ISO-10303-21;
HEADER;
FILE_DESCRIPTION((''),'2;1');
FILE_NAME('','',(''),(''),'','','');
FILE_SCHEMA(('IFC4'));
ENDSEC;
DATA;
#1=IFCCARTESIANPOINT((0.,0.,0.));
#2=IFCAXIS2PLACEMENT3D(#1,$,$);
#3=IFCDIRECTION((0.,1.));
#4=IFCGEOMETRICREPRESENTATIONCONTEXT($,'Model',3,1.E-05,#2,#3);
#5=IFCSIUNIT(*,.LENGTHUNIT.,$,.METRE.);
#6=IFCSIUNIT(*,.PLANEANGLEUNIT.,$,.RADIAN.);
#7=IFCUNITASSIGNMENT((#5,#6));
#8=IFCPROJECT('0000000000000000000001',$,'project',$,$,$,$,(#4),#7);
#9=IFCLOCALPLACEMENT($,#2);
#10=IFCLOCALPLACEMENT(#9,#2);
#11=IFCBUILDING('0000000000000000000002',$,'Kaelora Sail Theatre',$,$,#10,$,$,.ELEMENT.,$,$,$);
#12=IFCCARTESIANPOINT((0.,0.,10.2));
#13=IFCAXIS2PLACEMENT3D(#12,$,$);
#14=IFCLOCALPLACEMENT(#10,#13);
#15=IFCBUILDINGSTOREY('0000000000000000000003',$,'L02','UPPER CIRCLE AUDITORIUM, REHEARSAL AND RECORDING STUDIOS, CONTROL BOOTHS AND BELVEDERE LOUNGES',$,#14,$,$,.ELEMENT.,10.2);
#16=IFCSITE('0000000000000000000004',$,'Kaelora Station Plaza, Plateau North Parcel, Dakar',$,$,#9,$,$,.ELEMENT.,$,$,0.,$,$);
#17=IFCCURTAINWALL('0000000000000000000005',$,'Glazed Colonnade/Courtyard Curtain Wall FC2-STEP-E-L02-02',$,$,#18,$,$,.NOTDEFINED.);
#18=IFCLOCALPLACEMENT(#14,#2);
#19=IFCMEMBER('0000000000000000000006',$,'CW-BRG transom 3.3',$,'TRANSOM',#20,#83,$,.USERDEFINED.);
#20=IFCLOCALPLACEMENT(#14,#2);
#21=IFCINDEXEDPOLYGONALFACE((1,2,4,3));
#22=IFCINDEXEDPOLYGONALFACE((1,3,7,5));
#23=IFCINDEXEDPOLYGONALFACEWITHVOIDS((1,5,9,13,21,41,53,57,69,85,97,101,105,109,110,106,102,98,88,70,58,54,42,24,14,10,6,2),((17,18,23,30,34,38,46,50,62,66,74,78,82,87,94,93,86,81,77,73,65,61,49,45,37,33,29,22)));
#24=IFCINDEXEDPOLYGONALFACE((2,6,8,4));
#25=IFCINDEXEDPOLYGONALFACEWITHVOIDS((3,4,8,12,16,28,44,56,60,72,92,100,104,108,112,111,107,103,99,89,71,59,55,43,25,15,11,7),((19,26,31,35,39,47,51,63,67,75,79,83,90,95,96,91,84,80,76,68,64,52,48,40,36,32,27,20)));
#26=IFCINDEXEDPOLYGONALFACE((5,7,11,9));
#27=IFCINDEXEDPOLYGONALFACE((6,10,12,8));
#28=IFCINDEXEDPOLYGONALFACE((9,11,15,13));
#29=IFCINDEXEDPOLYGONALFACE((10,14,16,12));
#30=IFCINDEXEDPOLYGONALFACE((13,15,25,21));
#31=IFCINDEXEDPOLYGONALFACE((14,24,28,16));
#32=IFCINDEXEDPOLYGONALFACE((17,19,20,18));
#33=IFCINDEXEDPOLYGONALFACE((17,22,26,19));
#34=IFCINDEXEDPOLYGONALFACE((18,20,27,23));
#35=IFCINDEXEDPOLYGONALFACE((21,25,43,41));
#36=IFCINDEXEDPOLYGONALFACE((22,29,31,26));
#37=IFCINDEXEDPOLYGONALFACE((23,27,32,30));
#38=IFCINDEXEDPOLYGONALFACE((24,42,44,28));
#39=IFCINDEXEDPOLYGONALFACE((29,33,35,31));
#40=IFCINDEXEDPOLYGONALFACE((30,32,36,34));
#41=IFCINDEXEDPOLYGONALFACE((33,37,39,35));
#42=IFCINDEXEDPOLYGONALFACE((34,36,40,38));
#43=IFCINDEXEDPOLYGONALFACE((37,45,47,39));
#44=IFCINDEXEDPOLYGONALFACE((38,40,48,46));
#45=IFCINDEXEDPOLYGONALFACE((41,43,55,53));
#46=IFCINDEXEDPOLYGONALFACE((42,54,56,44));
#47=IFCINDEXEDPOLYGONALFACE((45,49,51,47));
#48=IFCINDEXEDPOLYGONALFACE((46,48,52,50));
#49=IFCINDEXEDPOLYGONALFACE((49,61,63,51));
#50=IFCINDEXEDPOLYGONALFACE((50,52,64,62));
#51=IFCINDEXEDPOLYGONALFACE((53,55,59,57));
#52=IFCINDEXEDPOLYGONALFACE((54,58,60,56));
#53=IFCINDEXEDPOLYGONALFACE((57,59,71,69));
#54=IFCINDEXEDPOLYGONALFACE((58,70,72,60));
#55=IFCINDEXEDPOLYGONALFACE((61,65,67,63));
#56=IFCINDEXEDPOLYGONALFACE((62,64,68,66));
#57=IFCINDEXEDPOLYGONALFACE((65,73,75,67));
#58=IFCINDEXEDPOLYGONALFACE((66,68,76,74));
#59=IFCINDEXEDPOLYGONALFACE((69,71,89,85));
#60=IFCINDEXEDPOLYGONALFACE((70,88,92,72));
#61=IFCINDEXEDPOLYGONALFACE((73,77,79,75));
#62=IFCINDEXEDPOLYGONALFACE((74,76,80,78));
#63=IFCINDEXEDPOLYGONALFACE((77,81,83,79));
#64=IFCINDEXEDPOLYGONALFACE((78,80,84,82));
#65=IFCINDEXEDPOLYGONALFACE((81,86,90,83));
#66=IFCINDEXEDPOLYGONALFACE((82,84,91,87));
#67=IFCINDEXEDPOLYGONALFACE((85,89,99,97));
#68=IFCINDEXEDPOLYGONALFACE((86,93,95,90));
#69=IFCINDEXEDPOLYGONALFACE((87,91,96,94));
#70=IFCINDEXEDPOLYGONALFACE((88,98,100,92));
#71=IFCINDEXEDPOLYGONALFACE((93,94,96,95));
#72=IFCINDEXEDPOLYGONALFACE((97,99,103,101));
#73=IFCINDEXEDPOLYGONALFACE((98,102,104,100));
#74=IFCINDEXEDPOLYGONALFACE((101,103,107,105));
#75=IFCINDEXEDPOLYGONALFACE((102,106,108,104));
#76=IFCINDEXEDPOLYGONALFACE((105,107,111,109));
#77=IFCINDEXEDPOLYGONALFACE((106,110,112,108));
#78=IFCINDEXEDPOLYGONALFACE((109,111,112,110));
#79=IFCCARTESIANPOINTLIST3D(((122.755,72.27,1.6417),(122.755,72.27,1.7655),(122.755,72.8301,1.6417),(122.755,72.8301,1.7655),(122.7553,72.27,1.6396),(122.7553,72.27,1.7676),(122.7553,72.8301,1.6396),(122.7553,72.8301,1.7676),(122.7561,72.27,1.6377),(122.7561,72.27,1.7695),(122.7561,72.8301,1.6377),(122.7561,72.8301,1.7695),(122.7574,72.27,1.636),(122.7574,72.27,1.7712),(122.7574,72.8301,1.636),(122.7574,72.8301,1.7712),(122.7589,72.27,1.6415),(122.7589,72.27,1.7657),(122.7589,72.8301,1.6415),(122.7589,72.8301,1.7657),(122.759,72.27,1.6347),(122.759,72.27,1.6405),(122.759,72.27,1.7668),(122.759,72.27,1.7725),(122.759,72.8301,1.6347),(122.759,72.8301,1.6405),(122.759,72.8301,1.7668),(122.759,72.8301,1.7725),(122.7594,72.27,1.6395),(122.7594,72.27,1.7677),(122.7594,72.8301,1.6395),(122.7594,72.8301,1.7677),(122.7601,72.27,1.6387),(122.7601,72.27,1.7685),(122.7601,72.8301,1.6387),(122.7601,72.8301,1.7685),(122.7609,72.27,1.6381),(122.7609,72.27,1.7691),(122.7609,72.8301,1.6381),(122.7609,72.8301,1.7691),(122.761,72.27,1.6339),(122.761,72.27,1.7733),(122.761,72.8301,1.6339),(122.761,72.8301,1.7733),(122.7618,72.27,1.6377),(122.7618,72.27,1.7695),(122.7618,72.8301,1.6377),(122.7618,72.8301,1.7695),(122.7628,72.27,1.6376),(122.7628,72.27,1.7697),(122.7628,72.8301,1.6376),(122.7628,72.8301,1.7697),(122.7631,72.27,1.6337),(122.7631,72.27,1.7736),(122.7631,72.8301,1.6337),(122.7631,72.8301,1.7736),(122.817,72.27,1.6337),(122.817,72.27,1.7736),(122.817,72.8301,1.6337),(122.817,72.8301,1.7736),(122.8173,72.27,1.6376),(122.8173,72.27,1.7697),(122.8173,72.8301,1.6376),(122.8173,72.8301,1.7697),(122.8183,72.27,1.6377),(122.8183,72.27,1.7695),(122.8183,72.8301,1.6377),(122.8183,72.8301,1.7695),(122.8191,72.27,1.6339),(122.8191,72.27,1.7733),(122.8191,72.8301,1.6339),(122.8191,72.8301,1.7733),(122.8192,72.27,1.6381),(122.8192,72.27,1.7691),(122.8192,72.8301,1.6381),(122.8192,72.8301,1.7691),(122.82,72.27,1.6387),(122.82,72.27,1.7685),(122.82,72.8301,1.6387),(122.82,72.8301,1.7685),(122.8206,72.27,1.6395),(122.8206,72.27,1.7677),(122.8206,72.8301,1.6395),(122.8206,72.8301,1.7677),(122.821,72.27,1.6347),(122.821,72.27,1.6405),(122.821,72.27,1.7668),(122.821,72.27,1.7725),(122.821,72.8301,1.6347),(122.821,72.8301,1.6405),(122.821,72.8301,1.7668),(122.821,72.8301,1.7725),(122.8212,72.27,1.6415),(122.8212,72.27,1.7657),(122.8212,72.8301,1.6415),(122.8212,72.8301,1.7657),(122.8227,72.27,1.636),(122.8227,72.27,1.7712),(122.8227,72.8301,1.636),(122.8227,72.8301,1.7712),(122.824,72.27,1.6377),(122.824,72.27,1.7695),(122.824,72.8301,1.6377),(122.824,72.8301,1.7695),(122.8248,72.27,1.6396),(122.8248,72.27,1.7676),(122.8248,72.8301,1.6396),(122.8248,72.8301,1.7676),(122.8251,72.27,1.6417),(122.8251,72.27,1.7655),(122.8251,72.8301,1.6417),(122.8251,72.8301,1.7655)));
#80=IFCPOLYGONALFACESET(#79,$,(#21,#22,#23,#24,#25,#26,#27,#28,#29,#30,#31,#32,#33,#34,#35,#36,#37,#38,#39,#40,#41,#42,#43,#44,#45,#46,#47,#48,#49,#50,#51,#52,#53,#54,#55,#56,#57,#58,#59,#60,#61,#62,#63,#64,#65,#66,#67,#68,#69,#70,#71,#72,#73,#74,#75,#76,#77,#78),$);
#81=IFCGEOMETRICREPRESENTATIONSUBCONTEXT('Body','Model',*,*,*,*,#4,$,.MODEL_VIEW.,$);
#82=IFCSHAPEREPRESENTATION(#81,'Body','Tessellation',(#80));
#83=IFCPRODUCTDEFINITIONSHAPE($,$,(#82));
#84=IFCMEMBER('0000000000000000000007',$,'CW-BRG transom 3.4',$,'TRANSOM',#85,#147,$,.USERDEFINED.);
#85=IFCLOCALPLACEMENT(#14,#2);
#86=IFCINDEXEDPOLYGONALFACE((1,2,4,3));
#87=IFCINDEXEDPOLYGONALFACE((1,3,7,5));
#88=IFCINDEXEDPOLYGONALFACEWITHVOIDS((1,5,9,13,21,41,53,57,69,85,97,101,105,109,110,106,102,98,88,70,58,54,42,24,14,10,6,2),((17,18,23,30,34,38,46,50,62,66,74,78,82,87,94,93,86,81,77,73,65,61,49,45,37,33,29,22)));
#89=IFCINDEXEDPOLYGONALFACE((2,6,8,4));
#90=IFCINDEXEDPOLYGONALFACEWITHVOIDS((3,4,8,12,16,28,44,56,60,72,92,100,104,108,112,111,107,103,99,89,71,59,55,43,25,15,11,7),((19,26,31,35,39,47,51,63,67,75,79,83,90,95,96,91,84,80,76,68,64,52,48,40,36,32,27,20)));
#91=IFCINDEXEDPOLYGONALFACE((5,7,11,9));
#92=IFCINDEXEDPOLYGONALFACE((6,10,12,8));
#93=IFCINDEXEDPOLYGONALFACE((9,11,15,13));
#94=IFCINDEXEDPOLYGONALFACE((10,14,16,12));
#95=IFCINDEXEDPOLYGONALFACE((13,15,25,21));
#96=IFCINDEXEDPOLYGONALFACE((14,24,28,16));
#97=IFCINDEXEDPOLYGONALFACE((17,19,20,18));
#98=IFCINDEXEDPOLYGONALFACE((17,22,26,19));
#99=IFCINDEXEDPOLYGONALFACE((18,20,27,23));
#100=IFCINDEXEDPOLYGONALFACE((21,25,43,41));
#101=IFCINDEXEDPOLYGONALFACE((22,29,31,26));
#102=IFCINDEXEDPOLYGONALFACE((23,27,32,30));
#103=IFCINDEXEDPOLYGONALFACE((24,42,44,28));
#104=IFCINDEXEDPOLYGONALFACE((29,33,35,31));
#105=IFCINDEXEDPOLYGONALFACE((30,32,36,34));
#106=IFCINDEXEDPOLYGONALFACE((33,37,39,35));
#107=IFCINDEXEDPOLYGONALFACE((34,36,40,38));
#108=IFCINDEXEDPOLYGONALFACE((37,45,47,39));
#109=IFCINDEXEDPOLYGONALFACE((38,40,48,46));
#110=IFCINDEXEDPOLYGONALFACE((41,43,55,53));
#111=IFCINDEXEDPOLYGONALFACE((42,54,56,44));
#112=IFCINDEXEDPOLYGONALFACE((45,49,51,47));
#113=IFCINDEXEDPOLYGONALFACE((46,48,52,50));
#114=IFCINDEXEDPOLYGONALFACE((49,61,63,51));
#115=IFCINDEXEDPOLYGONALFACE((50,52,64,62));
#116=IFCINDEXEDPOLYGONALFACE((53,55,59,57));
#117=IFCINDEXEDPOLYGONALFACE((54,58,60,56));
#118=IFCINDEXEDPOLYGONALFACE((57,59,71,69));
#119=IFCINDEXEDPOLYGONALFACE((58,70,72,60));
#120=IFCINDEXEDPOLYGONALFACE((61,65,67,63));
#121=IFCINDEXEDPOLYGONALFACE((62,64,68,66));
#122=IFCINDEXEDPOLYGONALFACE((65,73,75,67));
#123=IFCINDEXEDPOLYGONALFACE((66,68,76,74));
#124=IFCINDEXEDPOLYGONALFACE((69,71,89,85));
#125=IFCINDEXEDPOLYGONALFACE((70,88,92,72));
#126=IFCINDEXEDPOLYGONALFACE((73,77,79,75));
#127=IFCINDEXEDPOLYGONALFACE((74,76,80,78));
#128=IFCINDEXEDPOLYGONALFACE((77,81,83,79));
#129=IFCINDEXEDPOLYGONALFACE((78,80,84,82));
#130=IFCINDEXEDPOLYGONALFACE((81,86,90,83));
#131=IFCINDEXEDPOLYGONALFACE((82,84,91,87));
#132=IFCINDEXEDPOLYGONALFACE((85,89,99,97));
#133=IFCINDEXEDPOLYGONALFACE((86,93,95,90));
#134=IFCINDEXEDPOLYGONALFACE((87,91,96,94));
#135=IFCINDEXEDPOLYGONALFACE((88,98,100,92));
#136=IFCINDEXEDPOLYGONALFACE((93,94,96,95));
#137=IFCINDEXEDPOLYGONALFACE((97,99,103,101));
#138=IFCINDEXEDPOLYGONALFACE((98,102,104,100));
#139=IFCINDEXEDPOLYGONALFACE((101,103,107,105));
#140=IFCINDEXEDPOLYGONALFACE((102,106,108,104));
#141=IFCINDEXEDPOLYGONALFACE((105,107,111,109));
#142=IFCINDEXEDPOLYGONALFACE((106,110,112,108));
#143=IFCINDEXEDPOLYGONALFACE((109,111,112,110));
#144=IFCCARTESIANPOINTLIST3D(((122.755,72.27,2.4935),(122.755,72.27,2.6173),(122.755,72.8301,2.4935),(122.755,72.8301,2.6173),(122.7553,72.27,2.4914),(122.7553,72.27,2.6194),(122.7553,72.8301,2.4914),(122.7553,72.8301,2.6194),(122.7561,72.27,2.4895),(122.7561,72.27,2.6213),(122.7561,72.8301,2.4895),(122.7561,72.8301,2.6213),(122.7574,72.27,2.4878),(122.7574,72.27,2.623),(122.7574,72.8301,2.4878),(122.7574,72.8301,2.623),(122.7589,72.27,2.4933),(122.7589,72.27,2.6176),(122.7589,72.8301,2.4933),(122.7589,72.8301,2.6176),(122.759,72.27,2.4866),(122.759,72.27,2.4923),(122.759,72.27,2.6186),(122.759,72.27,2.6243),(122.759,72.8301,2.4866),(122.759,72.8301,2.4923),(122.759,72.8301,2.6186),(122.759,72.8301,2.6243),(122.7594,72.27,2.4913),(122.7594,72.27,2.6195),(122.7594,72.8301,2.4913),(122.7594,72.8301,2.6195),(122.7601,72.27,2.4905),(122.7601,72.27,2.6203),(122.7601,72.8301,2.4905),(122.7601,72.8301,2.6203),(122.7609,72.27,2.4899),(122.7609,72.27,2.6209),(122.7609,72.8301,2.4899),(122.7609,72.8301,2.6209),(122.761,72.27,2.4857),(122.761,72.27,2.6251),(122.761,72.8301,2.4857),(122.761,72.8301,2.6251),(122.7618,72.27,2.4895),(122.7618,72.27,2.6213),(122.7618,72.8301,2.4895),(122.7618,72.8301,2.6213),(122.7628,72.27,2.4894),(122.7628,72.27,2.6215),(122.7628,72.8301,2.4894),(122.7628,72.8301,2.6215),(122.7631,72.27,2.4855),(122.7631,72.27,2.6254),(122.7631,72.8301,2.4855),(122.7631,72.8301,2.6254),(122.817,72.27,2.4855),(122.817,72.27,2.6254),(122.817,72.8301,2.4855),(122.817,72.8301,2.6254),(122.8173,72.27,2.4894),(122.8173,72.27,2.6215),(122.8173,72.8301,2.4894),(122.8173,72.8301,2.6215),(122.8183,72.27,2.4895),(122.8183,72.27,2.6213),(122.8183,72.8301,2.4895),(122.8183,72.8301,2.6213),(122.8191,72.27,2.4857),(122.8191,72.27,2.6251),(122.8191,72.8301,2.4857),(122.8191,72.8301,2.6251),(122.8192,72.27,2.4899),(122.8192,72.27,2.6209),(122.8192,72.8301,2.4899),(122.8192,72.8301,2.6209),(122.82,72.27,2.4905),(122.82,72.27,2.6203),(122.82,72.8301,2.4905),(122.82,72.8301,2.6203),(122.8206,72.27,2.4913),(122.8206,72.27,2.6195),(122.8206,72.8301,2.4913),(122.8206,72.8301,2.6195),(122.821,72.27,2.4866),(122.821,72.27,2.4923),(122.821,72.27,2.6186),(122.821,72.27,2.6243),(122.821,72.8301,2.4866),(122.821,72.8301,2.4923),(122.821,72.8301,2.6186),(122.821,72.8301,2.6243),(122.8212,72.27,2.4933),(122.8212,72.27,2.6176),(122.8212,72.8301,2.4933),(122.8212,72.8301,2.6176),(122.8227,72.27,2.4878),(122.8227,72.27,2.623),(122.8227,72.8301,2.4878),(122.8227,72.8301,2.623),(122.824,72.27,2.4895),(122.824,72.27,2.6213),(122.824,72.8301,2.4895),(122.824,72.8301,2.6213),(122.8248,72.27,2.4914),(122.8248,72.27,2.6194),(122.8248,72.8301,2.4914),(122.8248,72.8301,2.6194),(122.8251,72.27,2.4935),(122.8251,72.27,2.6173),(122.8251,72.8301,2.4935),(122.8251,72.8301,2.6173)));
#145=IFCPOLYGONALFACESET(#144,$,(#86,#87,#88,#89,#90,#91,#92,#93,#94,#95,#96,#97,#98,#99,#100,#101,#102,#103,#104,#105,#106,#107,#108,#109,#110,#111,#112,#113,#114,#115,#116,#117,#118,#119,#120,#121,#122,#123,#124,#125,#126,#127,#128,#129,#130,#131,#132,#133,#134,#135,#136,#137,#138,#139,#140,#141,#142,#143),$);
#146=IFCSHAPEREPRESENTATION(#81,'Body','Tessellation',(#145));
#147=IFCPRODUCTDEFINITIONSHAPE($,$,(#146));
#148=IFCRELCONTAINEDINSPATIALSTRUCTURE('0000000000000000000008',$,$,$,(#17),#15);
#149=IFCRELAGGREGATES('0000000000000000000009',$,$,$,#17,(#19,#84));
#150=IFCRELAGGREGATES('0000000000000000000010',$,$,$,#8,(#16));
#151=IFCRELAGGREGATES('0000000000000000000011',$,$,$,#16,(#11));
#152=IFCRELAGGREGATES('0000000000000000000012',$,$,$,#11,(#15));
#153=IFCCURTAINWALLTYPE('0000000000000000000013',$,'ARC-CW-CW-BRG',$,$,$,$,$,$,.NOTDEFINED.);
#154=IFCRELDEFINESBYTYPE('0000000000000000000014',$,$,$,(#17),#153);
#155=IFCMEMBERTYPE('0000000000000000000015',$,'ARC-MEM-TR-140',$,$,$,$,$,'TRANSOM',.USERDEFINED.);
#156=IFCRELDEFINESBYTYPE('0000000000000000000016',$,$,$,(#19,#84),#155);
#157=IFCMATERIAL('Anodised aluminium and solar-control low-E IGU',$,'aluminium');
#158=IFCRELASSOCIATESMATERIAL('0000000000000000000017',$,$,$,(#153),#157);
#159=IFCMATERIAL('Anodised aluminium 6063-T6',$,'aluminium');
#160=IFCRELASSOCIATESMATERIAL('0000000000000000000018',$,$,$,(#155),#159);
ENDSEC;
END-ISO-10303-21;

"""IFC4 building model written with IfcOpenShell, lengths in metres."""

from ifc_helpers import new_model, si_unit, direction, frame, origin, origin_2d, place, context, subcontext, project, spatial, hollow_rectangle, extrude, material, material_profile, profile_set, type_object, element, aggregate, save


model = new_model("IFC4")

# Units and contexts
model_context = context("Model", 3, precision=1e-05, world=origin(), true_north=direction((0.0, 1.0)))
body_context = subcontext(model_context, "Body", "Model", "MODEL_VIEW")
ifc_project = project(units=[si_unit("LENGTHUNIT", "METRE"), si_unit("PLANEANGLEUNIT", "RADIAN")], contexts=[model_context])

# Site, building, storey
site_placement = place(None, origin())
site = spatial("IfcSite", under=ifc_project, at=site_placement, Name="Kaelora Station Plaza, Plateau North Parcel, Dakar", CompositionType="ELEMENT", RefElevation=0.0)
building_placement = place(site_placement, origin())
building = spatial("IfcBuilding", under=site, at=building_placement, Name="Kaelora Sail Theatre", CompositionType="ELEMENT")
storey_placement = place(building_placement, frame((0.0, 0.0, 10.2)))
storey = spatial("IfcBuildingStorey", under=building, at=storey_placement, Name="L02", Description="UPPER CIRCLE AUDITORIUM, REHEARSAL AND RECORDING STUDIOS, CONTROL BOOTHS AND BELVEDERE LOUNGES", CompositionType="ELEMENT", Elevation=10.2)

# Curtain wall, members
ifc_material_1 = material(Name="Anodised aluminium and solar-control low-E IGU", Category="aluminium")
curtain_wall_type = type_object("IfcCurtainWallType", Name="ARC-CW-CW-BRG", PredefinedType="NOTDEFINED", material=ifc_material_1)
curtain_wall_placement = place(storey_placement, origin())
curtain_wall = element("IfcCurtainWall", 1, at=curtain_wall_placement, inside=storey, type_object=curtain_wall_type, Name="Glazed Colonnade/Courtyard Curtain Wall FC2-STEP-E-L02-02", PredefinedType="NOTDEFINED")
ifc_material_2 = material(Name="Anodised aluminium 6063-T6", Category="aluminium")
ifc_material_profile_1 = material_profile(ifc_material_2, hollow_rectangle(XDim=0.0701, YDim=0.1399, WallThickness=0.0039, InnerFilletRadius=0.0039, OuterFilletRadius=0.0081, at=origin_2d()), Name="ALU-TRAN 70x140x4")
ifc_profile_set_1 = profile_set([ifc_material_profile_1], Name="Anodised aluminium 6063-T6")
member_type_1 = type_object("IfcMemberType", Name="ARC-MEM-TR-140", ElementType="TRANSOM", PredefinedType="USERDEFINED", material=ifc_profile_set_1)
member_1_placement = place(storey_placement, frame((122.79, 72.27, 1.7036), z_axis=(0.0, 1.0, 0.0), x_axis=(-1.0, 0.0, 0.0)))
member_1 = element("IfcMember", 2, at=member_1_placement, type_object=member_type_1, Name="CW-BRG transom 3.3", ObjectType="TRANSOM", PredefinedType="USERDEFINED", context=body_context, shape_type="SweptSolid", body=[
    extrude(hollow_rectangle(XDim=0.0701, YDim=0.1399, WallThickness=0.0039, InnerFilletRadius=0.0039, OuterFilletRadius=0.0081, at=origin_2d()), origin(), (0.0, 0.0, 1.0), 0.5601),
])
member_2_placement = place(storey_placement, frame((122.79, 72.27, 2.5554), z_axis=(0.0, 1.0, 0.0), x_axis=(-1.0, 0.0, 0.0)))
member_2 = element("IfcMember", 3, at=member_2_placement, type_object=member_type_1, Name="CW-BRG transom 3.4", ObjectType="TRANSOM", PredefinedType="USERDEFINED", context=body_context, shape_type="SweptSolid", body=[
    extrude(hollow_rectangle(XDim=0.0701, YDim=0.1399, WallThickness=0.0039, InnerFilletRadius=0.0039, OuterFilletRadius=0.0081, at=origin_2d()), origin(), (0.0, 0.0, 1.0), 0.5601),
])
aggregate(curtain_wall, [member_1, member_2])

save(model, "model.ifc")
